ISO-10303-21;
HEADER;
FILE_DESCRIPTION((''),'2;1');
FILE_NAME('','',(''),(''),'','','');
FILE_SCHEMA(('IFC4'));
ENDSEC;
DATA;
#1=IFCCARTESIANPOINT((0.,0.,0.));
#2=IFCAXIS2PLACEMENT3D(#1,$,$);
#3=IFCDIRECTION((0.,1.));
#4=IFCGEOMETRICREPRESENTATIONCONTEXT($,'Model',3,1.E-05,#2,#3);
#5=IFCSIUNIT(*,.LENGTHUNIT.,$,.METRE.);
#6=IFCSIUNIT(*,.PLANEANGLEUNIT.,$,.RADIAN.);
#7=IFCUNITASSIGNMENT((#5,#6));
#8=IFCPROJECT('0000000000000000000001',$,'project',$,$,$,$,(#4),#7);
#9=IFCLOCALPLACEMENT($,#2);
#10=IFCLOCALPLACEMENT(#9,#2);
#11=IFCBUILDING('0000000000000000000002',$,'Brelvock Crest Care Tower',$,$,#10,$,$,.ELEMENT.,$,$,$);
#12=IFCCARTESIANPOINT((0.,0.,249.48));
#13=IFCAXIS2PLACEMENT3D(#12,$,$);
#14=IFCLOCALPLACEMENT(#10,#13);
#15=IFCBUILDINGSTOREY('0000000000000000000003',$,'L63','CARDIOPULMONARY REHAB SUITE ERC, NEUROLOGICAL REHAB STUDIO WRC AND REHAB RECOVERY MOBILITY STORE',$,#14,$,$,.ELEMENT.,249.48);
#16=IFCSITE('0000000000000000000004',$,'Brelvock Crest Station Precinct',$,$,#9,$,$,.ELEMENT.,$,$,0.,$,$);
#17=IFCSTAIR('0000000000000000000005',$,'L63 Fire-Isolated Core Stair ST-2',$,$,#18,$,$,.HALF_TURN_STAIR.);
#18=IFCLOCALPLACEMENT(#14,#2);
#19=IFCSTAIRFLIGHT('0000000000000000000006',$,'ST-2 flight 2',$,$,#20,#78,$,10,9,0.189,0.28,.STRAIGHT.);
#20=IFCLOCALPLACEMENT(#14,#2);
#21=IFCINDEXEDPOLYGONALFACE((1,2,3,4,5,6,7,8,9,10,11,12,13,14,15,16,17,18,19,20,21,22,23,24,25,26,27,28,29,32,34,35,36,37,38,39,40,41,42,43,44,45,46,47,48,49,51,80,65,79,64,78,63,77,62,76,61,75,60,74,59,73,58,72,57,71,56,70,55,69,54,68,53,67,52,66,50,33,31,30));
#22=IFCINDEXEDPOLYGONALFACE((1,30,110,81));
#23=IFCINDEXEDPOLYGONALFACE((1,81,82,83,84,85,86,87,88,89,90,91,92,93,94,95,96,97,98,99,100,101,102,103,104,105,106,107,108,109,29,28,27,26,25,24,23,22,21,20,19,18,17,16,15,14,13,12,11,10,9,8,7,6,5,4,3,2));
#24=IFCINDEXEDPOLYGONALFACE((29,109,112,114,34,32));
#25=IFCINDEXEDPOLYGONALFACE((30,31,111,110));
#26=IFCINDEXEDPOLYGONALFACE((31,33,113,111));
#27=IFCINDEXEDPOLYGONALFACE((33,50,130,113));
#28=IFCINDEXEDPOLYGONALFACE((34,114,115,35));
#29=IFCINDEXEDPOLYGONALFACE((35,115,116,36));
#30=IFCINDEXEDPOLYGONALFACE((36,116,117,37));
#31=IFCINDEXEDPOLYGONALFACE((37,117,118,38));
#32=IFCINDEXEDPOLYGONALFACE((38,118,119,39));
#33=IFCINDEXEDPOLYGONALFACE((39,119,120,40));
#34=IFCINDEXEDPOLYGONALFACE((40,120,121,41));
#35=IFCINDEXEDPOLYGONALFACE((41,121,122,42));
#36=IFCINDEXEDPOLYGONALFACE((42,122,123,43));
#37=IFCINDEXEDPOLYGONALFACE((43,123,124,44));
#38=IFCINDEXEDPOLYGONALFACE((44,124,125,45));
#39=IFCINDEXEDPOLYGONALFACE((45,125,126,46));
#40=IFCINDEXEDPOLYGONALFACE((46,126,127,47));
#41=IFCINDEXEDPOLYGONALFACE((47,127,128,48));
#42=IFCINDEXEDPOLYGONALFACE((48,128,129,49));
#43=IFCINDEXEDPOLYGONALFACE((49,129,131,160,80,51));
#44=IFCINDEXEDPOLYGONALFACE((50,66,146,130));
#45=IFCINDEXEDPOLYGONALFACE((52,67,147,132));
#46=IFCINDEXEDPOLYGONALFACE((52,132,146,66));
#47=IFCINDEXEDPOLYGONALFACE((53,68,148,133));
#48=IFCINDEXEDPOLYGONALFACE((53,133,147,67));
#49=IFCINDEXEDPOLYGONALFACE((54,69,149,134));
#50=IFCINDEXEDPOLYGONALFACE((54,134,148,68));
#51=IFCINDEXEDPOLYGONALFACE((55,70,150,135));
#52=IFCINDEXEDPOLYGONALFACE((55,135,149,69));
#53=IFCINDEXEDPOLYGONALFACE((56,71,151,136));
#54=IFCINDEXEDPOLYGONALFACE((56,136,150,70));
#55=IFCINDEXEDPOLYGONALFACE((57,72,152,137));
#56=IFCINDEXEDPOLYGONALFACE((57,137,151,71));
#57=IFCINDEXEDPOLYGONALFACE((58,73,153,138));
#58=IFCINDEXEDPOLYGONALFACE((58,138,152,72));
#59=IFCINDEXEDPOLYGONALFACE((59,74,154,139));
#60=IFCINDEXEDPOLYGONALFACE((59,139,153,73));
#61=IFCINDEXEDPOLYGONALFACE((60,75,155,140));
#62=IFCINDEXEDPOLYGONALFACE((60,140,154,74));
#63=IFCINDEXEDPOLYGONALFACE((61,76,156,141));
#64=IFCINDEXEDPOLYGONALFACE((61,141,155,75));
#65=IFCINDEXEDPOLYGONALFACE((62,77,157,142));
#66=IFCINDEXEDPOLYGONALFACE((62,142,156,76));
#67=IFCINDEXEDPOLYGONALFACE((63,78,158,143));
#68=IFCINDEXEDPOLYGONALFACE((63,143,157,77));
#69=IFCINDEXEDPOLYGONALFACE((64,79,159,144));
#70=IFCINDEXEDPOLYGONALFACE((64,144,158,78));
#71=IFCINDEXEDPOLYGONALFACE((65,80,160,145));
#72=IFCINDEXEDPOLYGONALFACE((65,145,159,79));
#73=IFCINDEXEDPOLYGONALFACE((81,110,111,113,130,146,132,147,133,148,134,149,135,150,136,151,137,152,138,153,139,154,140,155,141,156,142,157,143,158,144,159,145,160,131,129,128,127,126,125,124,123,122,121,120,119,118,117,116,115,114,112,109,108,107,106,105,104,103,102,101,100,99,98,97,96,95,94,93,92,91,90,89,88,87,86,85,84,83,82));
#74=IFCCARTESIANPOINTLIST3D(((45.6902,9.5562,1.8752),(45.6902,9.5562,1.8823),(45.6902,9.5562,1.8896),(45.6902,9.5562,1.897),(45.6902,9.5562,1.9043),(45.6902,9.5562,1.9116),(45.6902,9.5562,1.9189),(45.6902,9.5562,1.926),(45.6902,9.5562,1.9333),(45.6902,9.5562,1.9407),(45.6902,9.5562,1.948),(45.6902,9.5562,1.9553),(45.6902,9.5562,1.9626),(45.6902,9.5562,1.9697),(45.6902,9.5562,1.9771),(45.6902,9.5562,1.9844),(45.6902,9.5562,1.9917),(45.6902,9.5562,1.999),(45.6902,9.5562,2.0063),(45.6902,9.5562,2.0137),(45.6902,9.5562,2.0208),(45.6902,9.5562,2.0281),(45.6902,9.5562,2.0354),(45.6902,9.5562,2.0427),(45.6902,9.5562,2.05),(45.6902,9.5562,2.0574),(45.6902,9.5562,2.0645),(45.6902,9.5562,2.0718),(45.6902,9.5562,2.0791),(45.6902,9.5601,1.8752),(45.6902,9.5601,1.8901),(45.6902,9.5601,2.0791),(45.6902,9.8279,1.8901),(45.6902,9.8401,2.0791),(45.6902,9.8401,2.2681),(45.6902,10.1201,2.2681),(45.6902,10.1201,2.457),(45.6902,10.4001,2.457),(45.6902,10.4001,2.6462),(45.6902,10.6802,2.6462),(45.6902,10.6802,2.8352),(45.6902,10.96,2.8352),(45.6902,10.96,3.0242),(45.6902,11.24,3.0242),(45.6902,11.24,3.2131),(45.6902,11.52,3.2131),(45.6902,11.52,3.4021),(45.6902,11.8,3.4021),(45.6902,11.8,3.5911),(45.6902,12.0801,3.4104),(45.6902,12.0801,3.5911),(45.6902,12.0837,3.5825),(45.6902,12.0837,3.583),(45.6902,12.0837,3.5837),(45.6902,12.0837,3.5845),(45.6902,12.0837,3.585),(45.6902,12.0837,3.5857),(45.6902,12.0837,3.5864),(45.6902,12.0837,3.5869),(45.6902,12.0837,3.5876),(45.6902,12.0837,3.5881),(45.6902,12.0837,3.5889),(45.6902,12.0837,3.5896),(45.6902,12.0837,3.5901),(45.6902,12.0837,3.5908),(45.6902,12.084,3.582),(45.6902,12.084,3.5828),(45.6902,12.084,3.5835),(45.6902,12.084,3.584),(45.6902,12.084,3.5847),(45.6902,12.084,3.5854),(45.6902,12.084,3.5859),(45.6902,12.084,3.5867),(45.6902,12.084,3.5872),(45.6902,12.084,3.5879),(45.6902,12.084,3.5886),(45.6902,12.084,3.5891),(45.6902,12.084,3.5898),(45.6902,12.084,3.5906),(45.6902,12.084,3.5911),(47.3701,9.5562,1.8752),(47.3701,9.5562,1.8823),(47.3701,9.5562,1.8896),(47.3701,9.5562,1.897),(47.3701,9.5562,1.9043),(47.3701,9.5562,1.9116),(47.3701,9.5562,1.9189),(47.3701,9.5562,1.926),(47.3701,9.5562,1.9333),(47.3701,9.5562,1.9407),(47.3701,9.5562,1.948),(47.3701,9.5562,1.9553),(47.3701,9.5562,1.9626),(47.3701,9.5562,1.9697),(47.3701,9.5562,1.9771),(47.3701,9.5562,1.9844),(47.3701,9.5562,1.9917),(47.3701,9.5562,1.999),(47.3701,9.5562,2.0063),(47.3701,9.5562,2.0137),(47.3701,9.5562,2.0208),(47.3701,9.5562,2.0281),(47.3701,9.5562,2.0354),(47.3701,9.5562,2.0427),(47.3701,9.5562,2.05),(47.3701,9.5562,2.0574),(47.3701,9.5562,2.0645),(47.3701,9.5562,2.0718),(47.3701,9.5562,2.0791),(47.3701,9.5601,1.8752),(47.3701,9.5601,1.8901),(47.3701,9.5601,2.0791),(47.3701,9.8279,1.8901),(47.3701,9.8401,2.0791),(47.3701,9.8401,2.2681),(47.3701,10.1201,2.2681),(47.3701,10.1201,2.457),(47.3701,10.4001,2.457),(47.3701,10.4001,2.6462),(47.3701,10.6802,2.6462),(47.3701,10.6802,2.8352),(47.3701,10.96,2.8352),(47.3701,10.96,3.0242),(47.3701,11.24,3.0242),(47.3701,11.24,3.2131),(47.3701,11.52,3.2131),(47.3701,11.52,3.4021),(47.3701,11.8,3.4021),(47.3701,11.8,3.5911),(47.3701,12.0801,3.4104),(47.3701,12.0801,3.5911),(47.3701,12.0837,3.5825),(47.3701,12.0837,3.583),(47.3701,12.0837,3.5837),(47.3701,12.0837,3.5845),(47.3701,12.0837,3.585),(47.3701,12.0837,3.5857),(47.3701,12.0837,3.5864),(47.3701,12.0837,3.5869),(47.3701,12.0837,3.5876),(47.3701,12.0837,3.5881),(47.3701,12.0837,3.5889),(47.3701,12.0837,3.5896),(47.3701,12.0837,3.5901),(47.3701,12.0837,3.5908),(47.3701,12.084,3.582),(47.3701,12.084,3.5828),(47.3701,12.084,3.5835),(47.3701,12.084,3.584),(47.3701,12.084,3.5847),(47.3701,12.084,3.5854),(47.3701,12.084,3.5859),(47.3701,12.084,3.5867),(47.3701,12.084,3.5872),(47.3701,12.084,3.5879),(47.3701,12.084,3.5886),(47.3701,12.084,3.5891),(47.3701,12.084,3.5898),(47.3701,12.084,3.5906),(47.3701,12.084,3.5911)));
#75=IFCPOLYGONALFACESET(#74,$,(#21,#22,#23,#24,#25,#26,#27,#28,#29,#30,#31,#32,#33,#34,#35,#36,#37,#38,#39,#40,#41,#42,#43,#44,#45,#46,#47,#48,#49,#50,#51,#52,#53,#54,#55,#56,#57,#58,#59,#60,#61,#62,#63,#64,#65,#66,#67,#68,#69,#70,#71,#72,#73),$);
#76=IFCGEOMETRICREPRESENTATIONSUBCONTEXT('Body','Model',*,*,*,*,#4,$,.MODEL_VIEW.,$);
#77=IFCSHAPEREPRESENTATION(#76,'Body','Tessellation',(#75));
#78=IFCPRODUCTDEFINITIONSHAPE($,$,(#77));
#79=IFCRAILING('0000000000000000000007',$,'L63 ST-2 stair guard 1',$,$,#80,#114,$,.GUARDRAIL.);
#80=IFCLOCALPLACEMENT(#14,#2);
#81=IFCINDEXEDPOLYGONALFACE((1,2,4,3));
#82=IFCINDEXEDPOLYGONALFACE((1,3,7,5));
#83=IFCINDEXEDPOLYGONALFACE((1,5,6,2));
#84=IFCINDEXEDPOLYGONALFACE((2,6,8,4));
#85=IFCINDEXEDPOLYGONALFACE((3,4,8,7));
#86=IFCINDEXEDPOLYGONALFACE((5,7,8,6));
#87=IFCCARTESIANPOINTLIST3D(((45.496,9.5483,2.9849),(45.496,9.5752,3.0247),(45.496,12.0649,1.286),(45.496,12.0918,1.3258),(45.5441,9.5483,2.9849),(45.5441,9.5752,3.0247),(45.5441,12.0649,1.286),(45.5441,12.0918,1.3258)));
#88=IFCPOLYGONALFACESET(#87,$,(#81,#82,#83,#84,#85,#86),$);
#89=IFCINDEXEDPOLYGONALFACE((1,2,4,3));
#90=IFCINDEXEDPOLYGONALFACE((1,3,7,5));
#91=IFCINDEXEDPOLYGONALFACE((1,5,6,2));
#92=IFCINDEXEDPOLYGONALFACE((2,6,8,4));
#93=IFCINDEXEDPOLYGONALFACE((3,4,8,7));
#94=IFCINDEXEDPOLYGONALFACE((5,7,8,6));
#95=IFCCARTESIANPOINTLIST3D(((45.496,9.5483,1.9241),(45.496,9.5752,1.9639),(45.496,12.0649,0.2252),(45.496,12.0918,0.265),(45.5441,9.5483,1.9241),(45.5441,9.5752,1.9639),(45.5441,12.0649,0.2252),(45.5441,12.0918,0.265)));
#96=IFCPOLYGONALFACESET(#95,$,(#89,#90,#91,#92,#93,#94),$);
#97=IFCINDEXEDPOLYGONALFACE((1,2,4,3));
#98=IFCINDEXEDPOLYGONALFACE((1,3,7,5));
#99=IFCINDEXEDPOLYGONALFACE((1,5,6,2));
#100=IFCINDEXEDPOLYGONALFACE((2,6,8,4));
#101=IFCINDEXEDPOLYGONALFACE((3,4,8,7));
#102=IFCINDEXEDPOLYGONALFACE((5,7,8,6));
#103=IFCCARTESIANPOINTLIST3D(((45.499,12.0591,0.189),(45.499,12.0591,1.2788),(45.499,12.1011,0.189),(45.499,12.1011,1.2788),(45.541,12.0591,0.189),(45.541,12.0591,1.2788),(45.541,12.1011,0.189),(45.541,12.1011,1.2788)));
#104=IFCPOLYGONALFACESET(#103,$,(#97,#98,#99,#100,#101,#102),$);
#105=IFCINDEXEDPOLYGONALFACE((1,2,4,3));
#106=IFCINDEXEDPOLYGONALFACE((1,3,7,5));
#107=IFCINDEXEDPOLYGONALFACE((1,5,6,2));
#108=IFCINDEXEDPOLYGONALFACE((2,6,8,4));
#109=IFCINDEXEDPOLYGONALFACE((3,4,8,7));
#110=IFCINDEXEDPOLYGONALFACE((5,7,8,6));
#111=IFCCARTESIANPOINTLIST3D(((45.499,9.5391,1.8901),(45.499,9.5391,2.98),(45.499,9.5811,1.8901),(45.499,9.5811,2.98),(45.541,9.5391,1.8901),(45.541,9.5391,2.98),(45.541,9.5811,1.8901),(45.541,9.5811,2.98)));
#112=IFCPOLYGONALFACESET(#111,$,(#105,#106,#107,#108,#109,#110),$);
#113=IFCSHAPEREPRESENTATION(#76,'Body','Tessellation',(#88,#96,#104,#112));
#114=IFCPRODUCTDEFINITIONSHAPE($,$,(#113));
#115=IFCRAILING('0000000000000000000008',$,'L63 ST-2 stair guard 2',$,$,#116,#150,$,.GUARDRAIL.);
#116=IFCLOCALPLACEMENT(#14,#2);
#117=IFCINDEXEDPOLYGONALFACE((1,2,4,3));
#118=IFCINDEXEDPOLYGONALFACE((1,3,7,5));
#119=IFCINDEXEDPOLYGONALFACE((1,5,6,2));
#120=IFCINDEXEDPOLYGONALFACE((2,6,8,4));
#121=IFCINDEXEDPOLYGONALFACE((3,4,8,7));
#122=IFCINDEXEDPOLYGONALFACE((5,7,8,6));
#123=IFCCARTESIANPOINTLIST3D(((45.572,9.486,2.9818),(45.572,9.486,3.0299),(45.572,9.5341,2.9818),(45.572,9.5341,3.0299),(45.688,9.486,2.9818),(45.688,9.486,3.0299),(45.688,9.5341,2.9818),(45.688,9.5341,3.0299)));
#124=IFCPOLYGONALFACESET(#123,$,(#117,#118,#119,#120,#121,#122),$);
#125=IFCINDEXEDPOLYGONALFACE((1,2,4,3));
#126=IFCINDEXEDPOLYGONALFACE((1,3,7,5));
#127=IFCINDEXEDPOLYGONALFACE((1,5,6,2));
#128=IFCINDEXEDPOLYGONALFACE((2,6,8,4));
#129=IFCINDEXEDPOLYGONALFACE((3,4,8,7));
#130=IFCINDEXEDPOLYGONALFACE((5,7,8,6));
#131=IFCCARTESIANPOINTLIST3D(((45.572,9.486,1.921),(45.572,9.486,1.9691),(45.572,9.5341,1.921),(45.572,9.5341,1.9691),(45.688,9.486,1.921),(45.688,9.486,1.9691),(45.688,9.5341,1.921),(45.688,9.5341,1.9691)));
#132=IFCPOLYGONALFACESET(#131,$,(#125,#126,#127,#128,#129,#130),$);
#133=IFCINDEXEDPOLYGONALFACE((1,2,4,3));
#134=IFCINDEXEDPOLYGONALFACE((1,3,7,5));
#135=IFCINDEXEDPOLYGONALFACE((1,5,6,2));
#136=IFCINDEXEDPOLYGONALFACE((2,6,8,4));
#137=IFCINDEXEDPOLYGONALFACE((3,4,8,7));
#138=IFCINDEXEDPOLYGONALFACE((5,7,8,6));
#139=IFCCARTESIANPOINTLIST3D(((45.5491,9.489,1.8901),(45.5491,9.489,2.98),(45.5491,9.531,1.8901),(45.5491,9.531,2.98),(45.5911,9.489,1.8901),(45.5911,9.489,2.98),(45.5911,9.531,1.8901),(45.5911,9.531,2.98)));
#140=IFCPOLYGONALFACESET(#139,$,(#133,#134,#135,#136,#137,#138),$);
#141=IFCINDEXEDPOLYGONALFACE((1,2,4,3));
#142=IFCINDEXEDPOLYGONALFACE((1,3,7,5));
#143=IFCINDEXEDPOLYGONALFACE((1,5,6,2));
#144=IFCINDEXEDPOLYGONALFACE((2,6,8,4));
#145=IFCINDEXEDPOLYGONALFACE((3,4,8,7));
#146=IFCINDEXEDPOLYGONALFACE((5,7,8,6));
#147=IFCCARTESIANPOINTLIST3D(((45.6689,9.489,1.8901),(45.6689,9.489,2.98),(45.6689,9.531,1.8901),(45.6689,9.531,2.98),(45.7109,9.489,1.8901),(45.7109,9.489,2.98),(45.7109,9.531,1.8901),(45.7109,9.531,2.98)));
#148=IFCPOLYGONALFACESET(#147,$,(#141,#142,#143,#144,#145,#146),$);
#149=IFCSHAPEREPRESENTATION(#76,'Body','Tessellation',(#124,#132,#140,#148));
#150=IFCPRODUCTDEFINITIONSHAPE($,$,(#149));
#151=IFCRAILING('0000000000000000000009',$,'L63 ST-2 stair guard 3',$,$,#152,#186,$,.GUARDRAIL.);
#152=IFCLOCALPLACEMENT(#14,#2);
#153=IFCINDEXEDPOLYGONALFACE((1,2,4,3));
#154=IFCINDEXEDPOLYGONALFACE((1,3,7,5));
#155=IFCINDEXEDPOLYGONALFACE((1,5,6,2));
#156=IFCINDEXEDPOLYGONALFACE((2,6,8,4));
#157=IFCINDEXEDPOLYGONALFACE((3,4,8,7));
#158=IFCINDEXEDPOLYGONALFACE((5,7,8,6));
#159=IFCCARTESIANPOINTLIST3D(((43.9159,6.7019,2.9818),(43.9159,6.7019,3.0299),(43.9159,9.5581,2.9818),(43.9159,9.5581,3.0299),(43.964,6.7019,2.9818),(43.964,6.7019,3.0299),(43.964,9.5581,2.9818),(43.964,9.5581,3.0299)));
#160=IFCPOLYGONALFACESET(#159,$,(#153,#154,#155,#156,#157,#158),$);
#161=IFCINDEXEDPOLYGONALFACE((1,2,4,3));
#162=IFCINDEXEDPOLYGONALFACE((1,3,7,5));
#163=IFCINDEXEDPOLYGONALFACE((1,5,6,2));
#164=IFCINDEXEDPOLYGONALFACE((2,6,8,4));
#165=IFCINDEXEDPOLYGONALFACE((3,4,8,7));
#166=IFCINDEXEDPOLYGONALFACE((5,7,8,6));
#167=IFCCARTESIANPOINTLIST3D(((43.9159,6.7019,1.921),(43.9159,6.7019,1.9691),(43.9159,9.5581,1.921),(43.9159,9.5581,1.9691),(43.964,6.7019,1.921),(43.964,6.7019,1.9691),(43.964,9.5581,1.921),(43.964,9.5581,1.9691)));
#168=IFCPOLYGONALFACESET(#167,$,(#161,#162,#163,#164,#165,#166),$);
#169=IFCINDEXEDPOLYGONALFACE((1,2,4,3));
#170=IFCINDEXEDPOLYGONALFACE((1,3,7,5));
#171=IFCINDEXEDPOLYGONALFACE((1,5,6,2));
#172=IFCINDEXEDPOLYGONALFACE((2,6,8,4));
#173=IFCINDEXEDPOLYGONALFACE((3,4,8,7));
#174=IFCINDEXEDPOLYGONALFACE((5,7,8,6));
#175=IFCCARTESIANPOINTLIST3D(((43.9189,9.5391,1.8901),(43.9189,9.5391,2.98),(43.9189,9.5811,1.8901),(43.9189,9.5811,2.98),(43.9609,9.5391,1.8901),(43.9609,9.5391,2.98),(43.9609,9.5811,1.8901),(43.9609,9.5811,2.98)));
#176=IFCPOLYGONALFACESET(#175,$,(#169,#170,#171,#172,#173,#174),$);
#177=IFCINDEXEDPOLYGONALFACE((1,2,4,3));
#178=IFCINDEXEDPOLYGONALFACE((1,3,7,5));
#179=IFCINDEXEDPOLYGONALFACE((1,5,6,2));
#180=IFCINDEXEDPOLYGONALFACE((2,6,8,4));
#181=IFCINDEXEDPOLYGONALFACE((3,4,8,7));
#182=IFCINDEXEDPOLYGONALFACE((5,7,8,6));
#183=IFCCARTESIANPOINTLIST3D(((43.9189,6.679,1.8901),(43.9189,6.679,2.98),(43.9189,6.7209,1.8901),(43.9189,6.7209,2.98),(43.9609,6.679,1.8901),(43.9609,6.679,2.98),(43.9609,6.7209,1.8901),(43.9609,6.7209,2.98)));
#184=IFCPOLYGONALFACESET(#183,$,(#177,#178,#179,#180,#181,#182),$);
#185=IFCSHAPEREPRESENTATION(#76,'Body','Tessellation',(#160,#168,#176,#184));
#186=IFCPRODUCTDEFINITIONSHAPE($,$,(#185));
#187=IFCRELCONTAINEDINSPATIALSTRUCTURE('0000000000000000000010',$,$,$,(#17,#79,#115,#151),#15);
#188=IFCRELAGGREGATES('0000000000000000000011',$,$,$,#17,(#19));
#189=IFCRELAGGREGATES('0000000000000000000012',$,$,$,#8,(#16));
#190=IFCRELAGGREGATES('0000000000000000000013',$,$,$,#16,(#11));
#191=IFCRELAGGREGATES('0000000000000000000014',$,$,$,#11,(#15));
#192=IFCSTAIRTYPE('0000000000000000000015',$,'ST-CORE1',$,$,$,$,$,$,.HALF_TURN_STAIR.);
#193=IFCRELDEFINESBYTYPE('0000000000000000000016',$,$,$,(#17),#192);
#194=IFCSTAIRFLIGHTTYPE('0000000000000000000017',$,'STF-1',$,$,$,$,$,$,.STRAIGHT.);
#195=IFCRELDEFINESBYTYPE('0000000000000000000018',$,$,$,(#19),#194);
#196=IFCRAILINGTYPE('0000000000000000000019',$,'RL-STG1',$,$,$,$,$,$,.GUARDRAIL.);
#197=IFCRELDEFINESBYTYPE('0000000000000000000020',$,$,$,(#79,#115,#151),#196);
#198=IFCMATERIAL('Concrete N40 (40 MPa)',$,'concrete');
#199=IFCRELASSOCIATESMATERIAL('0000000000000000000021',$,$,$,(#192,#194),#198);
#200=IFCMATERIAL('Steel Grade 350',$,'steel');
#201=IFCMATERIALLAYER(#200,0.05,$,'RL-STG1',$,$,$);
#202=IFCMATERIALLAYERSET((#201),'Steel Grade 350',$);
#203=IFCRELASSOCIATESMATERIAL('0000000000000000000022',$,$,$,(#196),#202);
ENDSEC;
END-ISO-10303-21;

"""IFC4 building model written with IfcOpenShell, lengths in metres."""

from ifc_helpers import new_model, si_unit, direction, frame, origin, origin_2d, place, context, subcontext, project, spatial, polyline, rectangle, outline, extrude, material, layer, layer_set, type_object, element, aggregate, save


model = new_model("IFC4")

# Units and contexts
model_context = context("Model", 3, precision=1e-05, world=origin(), true_north=direction((0.0, 1.0)))
body_context = subcontext(model_context, "Body", "Model", "MODEL_VIEW")
ifc_project = project(units=[si_unit("LENGTHUNIT", "METRE"), si_unit("PLANEANGLEUNIT", "RADIAN")], contexts=[model_context])

# Site, building, storey
site_placement = place(None, origin())
site = spatial("IfcSite", under=ifc_project, at=site_placement, Name="Brelvock Crest Station Precinct", CompositionType="ELEMENT", RefElevation=0.0)
building_placement = place(site_placement, origin())
building = spatial("IfcBuilding", under=site, at=building_placement, Name="Brelvock Crest Care Tower", CompositionType="ELEMENT")
storey_placement = place(building_placement, frame((0.0, 0.0, 249.48)))
storey = spatial("IfcBuildingStorey", under=building, at=storey_placement, Name="L63", Description="CARDIOPULMONARY REHAB SUITE ERC, NEUROLOGICAL REHAB STUDIO WRC AND REHAB RECOVERY MOBILITY STORE", CompositionType="ELEMENT", Elevation=249.48)

# Shared definitions
ifc_material_1 = material(Name="Steel Grade 350", Category="steel")

# Stair, stair flight
ifc_material_2 = material(Name="Concrete N40 (40 MPa)", Category="concrete")
stair_type = type_object("IfcStairType", Name="ST-CORE1", PredefinedType="HALF_TURN_STAIR", material=ifc_material_2)
stair_placement = place(storey_placement, origin())
stair = element("IfcStair", 1, at=stair_placement, inside=storey, type_object=stair_type, Name="L63 Fire-Isolated Core Stair ST-2", PredefinedType="HALF_TURN_STAIR")
stair_flight_type = type_object("IfcStairFlightType", Name="STF-1", PredefinedType="STRAIGHT", material=ifc_material_2)
stair_flight_1_placement = place(storey_placement, frame((46.53, 9.5601, 1.8901), z_axis=(0.0, 0.0, 1.0), x_axis=(0.0, 1.0, 0.0)))
stair_flight_1 = element("IfcStairFlight", 2, at=stair_flight_1_placement, type_object=stair_flight_type, Name="ST-2 flight 2", NumberOfRisers=10, NumberOfTreads=9, PredefinedType="STRAIGHT", RiserHeight=0.189, TreadLength=0.28, context=body_context, shape_type="SweptSolid", body=[
    extrude(outline(polyline([(-0.0039, -0.0149), (-0.0039, -0.0078), (-0.0039, -0.0005), (-0.0039, 0.0068), (-0.0039, 0.0142), (-0.0039, 0.0215), (-0.0039, 0.0288), (-0.0039, 0.0359), (-0.0039, 0.0432), (-0.0039, 0.0505), (-0.0039, 0.0579), (-0.0039, 0.0652), (-0.0039, 0.0725), (-0.0039, 0.0796), (-0.0039, 0.0869), (-0.0039, 0.0942), (-0.0039, 0.1016), (-0.0039, 0.1089), (-0.0039, 0.1162), (-0.0039, 0.1235), (-0.0039, 0.1306), (-0.0039, 0.1379), (-0.0039, 0.1453), (-0.0039, 0.1526), (-0.0039, 0.1599), (-0.0039, 0.1672), (-0.0039, 0.1743), (-0.0039, 0.1816), (-0.0039, 0.189), (0.0, 0.189), (0.28, 0.189), (0.28, 0.3779), (0.5601, 0.3779), (0.5601, 0.5669), (0.8401, 0.5669), (0.8401, 0.7561), (1.1201, 0.7561), (1.1201, 0.9451), (1.3999, 0.9451), (1.3999, 1.134), (1.6799, 1.134), (1.6799, 1.323), (1.96, 1.323), (1.96, 1.512), (2.24, 1.512), (2.24, 1.7009), (2.52, 1.7009), (2.5239, 1.7009), (2.5237, 1.7007), (2.5239, 1.7004), (2.5237, 1.7), (2.5239, 1.6997), (2.5237, 1.6995), (2.5239, 1.699), (2.5237, 1.6987), (2.5239, 1.6985), (2.5237, 1.698), (2.5239, 1.6978), (2.5237, 1.6975), (2.5239, 1.697), (2.5237, 1.6968), (2.5239, 1.6965), (2.5237, 1.6963), (2.5239, 1.6958), (2.5237, 1.6956), (2.5239, 1.6953), (2.5237, 1.6948), (2.5239, 1.6946), (2.5237, 1.6943), (2.5239, 1.6938), (2.5237, 1.6936), (2.5239, 1.6934), (2.5237, 1.6929), (2.5239, 1.6926), (2.5237, 1.6924), (2.5239, 1.6919), (2.52, 1.5203), (0.2678, 0.0), (0.0, 0.0), (0.0, -0.0149), (-0.0039, -0.0149)])), frame((0.0, 0.8398, 0.0), z_axis=(0.0, -1.0, 0.0), x_axis=(1.0, 0.0, 0.0)), (0.0, 0.0, 1.0), 1.6799),
])
aggregate(stair, [stair_flight_1])

# Railings
ifc_layer_1 = layer(ifc_material_1, 0.05, Name="RL-STG1")
ifc_layer_set_1 = layer_set([ifc_layer_1], Name="Steel Grade 350")
railing_type_1 = type_object("IfcRailingType", Name="RL-STG1", PredefinedType="GUARDRAIL", material=ifc_layer_set_1)
railing_1_placement = place(storey_placement, frame((45.52, 12.0801, 0.189)))
element("IfcRailing", 3, at=railing_1_placement, inside=storey, type_object=railing_type_1, Name="L63 ST-2 stair guard 1", PredefinedType="GUARDRAIL", context=body_context, shape_type="SweptSolid", body=[
    extrude(rectangle(XDim=0.0481, YDim=0.0481, at=origin_2d()), frame((0.0, -0.0017, 1.1169), z_axis=(0.0, -0.828824, 0.559509), x_axis=(1.0, 0.0, 0.0)), (0.0, 0.0, 1.0), 3.0364),
    extrude(rectangle(XDim=0.0481, YDim=0.0481, at=origin_2d()), frame((0.0, -0.0017, 0.0562), z_axis=(0.0, -0.828824, 0.559509), x_axis=(1.0, 0.0, 0.0)), (0.0, 0.0, 1.0), 3.0364),
    extrude(rectangle(XDim=0.042, YDim=0.042, at=origin_2d()), origin(), (0.0, 0.0, 1.0), 1.0898),
    extrude(rectangle(XDim=0.042, YDim=0.042, at=origin_2d()), frame((0.0, -2.52, 1.7012)), (0.0, 0.0, 1.0), 1.0898),
])
railing_2_placement = place(storey_placement, frame((45.5701, 9.51, 1.8901)))
element("IfcRailing", 4, at=railing_2_placement, inside=storey, type_object=railing_type_1, Name="L63 ST-2 stair guard 2", PredefinedType="GUARDRAIL", context=body_context, shape_type="SweptSolid", body=[
    extrude(rectangle(XDim=0.0481, YDim=0.0481, at=origin_2d()), frame((0.002, 0.0, 1.1157), z_axis=(1.0, 0.0, 0.0), x_axis=(0.0, 1.0, 0.0)), (0.0, 0.0, 1.0), 0.116),
    extrude(rectangle(XDim=0.0481, YDim=0.0481, at=origin_2d()), frame((0.002, 0.0, 0.0549), z_axis=(1.0, 0.0, 0.0), x_axis=(0.0, 1.0, 0.0)), (0.0, 0.0, 1.0), 0.116),
    extrude(rectangle(XDim=0.042, YDim=0.042, at=origin_2d()), origin(), (0.0, 0.0, 1.0), 1.0898),
    extrude(rectangle(XDim=0.042, YDim=0.042, at=origin_2d()), frame((0.1199, 0.0, 0.0)), (0.0, 0.0, 1.0), 1.0898),
])
for number, where, name in (
    (5, (43.9399, 9.5601, 1.8901), "L63 ST-2 stair guard 3"),
):
    element("IfcRailing", number, at=place(storey_placement, frame(where)), inside=storey, type_object=railing_type_1, Name=name, PredefinedType="GUARDRAIL", context=body_context, shape_type="SweptSolid", body=[
        extrude(rectangle(XDim=0.0481, YDim=0.0481, at=origin_2d()), frame((0.0, -0.002, 1.1157), z_axis=(0.0, -1.0, 0.0), x_axis=(1.0, 0.0, 0.0)), (0.0, 0.0, 1.0), 2.8562),
        extrude(rectangle(XDim=0.0481, YDim=0.0481, at=origin_2d()), frame((0.0, -0.002, 0.0549), z_axis=(0.0, -1.0, 0.0), x_axis=(1.0, 0.0, 0.0)), (0.0, 0.0, 1.0), 2.8562),
        extrude(rectangle(XDim=0.042, YDim=0.042, at=origin_2d()), origin(), (0.0, 0.0, 1.0), 1.0898),
        extrude(rectangle(XDim=0.042, YDim=0.042, at=origin_2d()), frame((0.0, -2.8601, 0.0)), (0.0, 0.0, 1.0), 1.0898),
    ])

save(model, "model.ifc")
